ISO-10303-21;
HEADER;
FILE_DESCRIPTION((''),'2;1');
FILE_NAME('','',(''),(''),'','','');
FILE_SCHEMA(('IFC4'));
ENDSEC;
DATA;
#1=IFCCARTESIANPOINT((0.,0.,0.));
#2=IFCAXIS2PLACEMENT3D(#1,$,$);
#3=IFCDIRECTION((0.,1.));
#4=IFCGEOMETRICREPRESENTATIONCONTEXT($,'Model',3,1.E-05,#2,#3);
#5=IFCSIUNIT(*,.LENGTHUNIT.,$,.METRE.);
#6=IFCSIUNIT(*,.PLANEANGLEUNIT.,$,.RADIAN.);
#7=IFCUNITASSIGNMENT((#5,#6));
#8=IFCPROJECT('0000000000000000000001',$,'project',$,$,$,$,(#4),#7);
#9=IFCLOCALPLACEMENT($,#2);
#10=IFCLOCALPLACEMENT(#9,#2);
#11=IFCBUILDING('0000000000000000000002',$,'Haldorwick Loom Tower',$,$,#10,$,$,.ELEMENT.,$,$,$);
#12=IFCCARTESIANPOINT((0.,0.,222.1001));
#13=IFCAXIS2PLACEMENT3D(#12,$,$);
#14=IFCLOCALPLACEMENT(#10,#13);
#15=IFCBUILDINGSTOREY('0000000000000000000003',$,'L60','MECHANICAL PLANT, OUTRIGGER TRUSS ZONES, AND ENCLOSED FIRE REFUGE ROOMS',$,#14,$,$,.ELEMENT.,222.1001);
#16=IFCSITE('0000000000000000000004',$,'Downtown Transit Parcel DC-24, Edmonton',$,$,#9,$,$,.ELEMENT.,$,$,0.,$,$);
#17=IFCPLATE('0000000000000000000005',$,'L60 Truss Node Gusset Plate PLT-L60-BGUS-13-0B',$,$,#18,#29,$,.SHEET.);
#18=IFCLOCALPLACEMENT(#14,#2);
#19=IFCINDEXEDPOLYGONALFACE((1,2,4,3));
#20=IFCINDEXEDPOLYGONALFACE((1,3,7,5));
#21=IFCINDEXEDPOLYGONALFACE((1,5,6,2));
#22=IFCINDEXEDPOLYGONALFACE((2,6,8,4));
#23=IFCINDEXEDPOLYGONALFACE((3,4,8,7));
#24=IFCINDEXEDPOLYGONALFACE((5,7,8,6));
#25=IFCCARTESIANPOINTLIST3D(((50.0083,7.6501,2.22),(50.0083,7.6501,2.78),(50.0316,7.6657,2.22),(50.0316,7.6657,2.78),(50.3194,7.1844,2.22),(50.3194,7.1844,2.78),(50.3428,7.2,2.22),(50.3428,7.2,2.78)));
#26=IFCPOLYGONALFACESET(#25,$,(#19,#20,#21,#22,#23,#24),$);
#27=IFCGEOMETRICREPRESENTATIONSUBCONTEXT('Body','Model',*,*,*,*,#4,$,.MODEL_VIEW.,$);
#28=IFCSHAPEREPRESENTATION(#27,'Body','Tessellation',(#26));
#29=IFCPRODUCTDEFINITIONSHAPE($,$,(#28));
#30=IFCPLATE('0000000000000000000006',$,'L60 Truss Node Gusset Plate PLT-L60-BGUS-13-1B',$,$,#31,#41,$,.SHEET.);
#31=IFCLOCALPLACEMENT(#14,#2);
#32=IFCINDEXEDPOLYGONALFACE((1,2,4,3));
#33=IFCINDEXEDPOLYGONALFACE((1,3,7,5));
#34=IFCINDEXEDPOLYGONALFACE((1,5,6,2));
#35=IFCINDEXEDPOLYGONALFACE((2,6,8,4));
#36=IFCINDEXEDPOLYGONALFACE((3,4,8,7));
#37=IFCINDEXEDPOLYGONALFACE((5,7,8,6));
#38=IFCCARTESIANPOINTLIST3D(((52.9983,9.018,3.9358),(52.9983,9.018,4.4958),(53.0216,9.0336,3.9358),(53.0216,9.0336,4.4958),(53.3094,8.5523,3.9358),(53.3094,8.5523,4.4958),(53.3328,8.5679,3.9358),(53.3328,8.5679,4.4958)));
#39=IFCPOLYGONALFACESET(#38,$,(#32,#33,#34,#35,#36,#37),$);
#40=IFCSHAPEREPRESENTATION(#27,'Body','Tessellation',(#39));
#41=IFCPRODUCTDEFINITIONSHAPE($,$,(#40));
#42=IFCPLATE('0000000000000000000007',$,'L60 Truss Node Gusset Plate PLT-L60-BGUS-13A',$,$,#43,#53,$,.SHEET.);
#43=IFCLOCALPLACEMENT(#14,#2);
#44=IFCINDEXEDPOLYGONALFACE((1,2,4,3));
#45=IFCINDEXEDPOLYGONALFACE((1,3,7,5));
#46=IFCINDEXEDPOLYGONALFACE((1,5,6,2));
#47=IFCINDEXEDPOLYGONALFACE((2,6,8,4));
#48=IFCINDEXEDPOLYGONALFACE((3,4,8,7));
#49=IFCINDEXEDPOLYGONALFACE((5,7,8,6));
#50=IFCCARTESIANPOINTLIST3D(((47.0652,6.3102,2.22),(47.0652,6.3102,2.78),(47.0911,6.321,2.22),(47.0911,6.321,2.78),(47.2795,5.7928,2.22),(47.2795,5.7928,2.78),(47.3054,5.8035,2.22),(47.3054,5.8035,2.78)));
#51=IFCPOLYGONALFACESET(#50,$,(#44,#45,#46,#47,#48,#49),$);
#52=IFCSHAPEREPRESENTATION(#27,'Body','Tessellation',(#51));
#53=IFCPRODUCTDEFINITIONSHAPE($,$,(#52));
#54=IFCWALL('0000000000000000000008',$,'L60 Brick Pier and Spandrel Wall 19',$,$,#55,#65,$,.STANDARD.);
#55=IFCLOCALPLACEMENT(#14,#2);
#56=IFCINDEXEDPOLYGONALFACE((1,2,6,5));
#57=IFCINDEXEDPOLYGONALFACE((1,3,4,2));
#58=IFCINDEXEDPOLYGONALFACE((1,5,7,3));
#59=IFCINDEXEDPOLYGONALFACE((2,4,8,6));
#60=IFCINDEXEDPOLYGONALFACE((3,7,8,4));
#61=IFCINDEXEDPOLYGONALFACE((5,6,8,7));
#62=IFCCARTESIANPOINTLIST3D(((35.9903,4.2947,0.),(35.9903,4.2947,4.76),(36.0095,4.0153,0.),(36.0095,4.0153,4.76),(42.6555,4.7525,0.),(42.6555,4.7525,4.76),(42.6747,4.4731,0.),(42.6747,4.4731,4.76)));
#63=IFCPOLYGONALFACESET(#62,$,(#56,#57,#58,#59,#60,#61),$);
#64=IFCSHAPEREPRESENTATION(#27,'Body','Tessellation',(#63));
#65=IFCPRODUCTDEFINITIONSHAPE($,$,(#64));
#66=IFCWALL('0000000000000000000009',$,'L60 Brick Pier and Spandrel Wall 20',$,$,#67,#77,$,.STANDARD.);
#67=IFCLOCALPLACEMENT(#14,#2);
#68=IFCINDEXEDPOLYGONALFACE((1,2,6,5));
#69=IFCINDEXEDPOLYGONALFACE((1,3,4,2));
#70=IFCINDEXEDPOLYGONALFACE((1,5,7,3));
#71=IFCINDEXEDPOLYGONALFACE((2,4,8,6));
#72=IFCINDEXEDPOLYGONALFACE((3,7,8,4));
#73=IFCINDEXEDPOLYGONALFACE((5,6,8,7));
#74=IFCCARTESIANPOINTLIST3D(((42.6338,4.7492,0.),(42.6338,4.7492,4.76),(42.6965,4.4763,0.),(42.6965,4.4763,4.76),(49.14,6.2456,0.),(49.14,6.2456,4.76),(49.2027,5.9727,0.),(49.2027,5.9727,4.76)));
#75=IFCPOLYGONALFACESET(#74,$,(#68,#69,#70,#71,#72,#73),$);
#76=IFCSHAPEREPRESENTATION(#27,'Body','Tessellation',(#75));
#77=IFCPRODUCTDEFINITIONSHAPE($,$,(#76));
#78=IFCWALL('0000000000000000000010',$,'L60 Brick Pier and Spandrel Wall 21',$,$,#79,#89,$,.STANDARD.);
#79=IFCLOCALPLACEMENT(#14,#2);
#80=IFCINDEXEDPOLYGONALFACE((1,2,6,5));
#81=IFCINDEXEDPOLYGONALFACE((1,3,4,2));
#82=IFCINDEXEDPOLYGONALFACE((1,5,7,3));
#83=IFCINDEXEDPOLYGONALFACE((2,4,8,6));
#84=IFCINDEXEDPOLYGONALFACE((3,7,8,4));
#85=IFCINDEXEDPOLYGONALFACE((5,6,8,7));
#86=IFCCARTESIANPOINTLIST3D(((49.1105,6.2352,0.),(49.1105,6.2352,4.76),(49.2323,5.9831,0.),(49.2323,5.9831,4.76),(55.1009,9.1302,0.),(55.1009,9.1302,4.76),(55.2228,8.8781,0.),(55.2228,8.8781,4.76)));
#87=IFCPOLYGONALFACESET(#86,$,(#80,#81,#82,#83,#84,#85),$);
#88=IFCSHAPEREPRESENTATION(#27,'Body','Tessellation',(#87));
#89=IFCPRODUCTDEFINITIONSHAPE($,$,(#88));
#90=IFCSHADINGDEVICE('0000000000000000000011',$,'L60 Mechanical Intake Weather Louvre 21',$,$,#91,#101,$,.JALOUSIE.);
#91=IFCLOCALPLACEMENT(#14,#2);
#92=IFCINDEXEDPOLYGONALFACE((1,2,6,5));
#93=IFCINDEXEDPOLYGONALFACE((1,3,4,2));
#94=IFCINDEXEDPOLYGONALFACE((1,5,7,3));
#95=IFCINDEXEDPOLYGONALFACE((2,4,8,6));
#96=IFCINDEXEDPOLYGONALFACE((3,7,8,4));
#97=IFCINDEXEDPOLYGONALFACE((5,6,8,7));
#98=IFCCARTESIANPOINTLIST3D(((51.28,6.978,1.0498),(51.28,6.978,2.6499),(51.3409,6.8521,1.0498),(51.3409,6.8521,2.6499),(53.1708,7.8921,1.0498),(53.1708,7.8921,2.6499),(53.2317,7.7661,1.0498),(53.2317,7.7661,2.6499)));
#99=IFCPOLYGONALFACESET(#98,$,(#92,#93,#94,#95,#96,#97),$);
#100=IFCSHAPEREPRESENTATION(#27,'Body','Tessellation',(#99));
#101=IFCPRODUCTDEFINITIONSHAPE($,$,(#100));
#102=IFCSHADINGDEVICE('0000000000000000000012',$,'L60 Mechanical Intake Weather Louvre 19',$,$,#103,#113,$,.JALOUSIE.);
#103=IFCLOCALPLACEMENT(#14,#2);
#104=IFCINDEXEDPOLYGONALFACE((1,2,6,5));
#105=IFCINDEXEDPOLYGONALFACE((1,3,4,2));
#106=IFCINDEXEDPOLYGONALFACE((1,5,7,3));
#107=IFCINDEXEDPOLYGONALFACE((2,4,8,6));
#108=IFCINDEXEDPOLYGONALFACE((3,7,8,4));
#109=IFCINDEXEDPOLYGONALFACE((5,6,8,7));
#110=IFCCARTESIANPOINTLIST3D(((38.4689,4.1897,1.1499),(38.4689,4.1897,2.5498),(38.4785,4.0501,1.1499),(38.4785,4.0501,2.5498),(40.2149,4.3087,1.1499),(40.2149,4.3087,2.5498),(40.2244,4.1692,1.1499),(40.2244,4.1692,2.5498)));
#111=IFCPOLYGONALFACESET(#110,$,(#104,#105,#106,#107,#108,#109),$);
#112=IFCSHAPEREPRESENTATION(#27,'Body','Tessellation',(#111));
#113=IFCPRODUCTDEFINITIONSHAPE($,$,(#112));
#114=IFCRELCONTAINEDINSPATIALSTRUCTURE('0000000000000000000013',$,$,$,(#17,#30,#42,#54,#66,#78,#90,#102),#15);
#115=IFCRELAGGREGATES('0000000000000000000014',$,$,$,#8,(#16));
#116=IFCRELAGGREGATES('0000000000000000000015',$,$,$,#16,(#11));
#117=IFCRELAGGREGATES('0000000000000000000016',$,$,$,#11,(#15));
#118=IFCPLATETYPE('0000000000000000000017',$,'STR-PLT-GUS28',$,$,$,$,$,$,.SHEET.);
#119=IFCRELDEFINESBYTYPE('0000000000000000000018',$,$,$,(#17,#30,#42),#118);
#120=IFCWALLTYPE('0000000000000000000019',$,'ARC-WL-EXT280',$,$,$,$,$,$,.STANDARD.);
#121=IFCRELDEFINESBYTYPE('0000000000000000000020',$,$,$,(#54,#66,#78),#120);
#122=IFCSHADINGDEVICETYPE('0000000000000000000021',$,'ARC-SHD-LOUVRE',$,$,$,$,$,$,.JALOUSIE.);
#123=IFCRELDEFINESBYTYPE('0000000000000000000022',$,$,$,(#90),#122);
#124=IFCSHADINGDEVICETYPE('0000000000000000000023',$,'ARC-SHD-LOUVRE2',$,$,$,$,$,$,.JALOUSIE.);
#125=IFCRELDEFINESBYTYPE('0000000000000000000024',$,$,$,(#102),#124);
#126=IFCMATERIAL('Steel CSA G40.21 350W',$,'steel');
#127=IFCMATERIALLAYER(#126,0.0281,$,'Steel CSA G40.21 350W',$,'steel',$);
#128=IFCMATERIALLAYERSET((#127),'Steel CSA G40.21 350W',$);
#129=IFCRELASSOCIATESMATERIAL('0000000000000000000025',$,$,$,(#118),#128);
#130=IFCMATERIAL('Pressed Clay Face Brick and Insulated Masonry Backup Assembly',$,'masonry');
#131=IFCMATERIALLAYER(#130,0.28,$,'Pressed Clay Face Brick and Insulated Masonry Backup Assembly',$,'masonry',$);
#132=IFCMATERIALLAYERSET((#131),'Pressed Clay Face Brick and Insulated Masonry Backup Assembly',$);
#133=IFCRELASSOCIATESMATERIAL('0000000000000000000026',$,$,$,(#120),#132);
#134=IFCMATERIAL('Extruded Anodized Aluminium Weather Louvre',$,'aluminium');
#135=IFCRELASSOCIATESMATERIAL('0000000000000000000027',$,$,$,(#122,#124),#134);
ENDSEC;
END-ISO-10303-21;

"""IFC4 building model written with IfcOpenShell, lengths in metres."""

from ifc_helpers import new_model, si_unit, direction, frame, frame_2d, origin, origin_2d, place, context, subcontext, project, spatial, rectangle, extrude, material, layer, layer_set, type_object, element, save


model = new_model("IFC4")

# Units and contexts
model_context = context("Model", 3, precision=1e-05, world=origin(), true_north=direction((0.0, 1.0)))
body_context = subcontext(model_context, "Body", "Model", "MODEL_VIEW")
ifc_project = project(units=[si_unit("LENGTHUNIT", "METRE"), si_unit("PLANEANGLEUNIT", "RADIAN")], contexts=[model_context])

# Site, building, storey
site_placement = place(None, origin())
site = spatial("IfcSite", under=ifc_project, at=site_placement, Name="Downtown Transit Parcel DC-24, Edmonton", CompositionType="ELEMENT", RefElevation=0.0)
building_placement = place(site_placement, origin())
building = spatial("IfcBuilding", under=site, at=building_placement, Name="Haldorwick Loom Tower", CompositionType="ELEMENT")
storey_placement = place(building_placement, frame((0.0, 0.0, 222.1001)))
storey = spatial("IfcBuildingStorey", under=building, at=storey_placement, Name="L60", Description="MECHANICAL PLANT, OUTRIGGER TRUSS ZONES, AND ENCLOSED FIRE REFUGE ROOMS", CompositionType="ELEMENT", Elevation=222.1001)

# Shared definitions
ifc_material_1 = material(Name="Steel CSA G40.21 350W", Category="steel")

# Plates
ifc_layer_1 = layer(ifc_material_1, 0.0281, Name="Steel CSA G40.21 350W", Category="steel")
ifc_layer_set_1 = layer_set([ifc_layer_1], Name="Steel CSA G40.21 350W")
plate_type = type_object("IfcPlateType", Name="STR-PLT-GUS28", PredefinedType="SHEET", material=ifc_layer_set_1)
for number, where, z_axis, x_axis, name in (
    (1, (50.1755, 7.425, 2.22), (0.0, 0.0, 1.0), (0.55557, -0.83147, 0.0), "L60 Truss Node Gusset Plate PLT-L60-BGUS-13-0B"),
    (2, (53.1655, 8.793, 3.9358), (0.0, 0.0, 1.0), (0.55557, -0.83147, 0.0), "L60 Truss Node Gusset Plate PLT-L60-BGUS-13-1B"),
    (3, (47.1853, 6.0569, 2.22), (0.0, 0.0, 1.0), (0.382683, -0.92388, 0.0), "L60 Truss Node Gusset Plate PLT-L60-BGUS-13A"),
):
    element("IfcPlate", number, at=place(storey_placement, frame(where, z_axis=z_axis, x_axis=x_axis)), inside=storey, type_object=plate_type, Name=name, PredefinedType="SHEET", context=body_context, shape_type="SweptSolid", body=[
        extrude(rectangle(XDim=0.5601, YDim=0.0281, at=origin_2d()), origin(), (0.0, 0.0, 1.0), 0.5601),
    ])

# Walls
ifc_material_2 = material(Name="Pressed Clay Face Brick and Insulated Masonry Backup Assembly", Category="masonry")
ifc_layer_2 = layer(ifc_material_2, 0.28, Name="Pressed Clay Face Brick and Insulated Masonry Backup Assembly", Category="masonry")
ifc_layer_set_2 = layer_set([ifc_layer_2], Name="Pressed Clay Face Brick and Insulated Masonry Backup Assembly")
wall_type = type_object("IfcWallType", Name="ARC-WL-EXT280", PredefinedType="STANDARD", material=ifc_layer_set_2)
wall_1_placement = place(storey_placement, frame((36.0, 4.155, 0.0), z_axis=(0.0, 0.0, 1.0), x_axis=(0.99765, 0.068517, 0.0)))
element("IfcWall", 4, at=wall_1_placement, inside=storey, type_object=wall_type, Name="L60 Brick Pier and Spandrel Wall 19", PredefinedType="STANDARD", context=body_context, shape_type="SweptSolid", body=[
    extrude(rectangle(XDim=6.6809, YDim=0.28, at=frame_2d((3.3403, 0.0))), origin(), (0.0, 0.0, 1.0), 4.76),
])
wall_2_placement = place(storey_placement, frame((42.6653, 4.6128, 0.0), z_axis=(0.0, 0.0, 1.0), x_axis=(0.974557, 0.224138, 0.0)))
element("IfcWall", 5, at=wall_2_placement, inside=storey, type_object=wall_type, Name="L60 Brick Pier and Spandrel Wall 20", PredefinedType="STANDARD", context=body_context, shape_type="SweptSolid", body=[
    extrude(rectangle(XDim=6.676, YDim=0.28, at=frame_2d((3.3379, 0.0))), origin(), (0.0, 0.0, 1.0), 4.76),
])
wall_3_placement = place(storey_placement, frame((49.1714, 6.1091, 0.0), z_axis=(0.0, 0.0, 1.0), x_axis=(0.900371, 0.435123, 0.0)))
element("IfcWall", 6, at=wall_3_placement, inside=storey, type_object=wall_type, Name="L60 Brick Pier and Spandrel Wall 21", PredefinedType="STANDARD", context=body_context, shape_type="SweptSolid", body=[
    extrude(rectangle(XDim=6.6533, YDim=0.28, at=frame_2d((3.3267, 0.0))), origin(), (0.0, 0.0, 1.0), 4.76),
])

# Shading devices
ifc_material_3 = material(Name="Extruded Anodized Aluminium Weather Louvre", Category="aluminium")
shading_device_type_1 = type_object("IfcShadingDeviceType", Name="ARC-SHD-LOUVRE", PredefinedType="JALOUSIE", material=ifc_material_3)
shading_device_1_placement = place(storey_placement, frame((52.2559, 7.3721, 1.0498), z_axis=(0.0, 0.0, 1.0), x_axis=(0.900319, 0.435231, 0.0)))
element("IfcShadingDevice", 7, at=shading_device_1_placement, inside=storey, type_object=shading_device_type_1, Name="L60 Mechanical Intake Weather Louvre 21", PredefinedType="JALOUSIE", context=body_context, shape_type="SweptSolid", body=[
    extrude(rectangle(XDim=2.1001, YDim=0.1399, at=origin_2d()), origin(), (0.0, 0.0, 1.0), 1.6001),
])
shading_device_type_2 = type_object("IfcShadingDeviceType", Name="ARC-SHD-LOUVRE2", PredefinedType="JALOUSIE", material=ifc_material_3)
shading_device_2_placement = place(storey_placement, frame((39.3467, 4.1794, 1.1499), z_axis=(0.0, 0.0, 1.0), x_axis=(0.997684, 0.068015, 0.0)))
element("IfcShadingDevice", 8, at=shading_device_2_placement, inside=storey, type_object=shading_device_type_2, Name="L60 Mechanical Intake Weather Louvre 19", PredefinedType="JALOUSIE", context=body_context, shape_type="SweptSolid", body=[
    extrude(rectangle(XDim=1.75, YDim=0.1399, at=origin_2d()), origin(), (0.0, 0.0, 1.0), 1.3999),
])

save(model, "model.ifc")
